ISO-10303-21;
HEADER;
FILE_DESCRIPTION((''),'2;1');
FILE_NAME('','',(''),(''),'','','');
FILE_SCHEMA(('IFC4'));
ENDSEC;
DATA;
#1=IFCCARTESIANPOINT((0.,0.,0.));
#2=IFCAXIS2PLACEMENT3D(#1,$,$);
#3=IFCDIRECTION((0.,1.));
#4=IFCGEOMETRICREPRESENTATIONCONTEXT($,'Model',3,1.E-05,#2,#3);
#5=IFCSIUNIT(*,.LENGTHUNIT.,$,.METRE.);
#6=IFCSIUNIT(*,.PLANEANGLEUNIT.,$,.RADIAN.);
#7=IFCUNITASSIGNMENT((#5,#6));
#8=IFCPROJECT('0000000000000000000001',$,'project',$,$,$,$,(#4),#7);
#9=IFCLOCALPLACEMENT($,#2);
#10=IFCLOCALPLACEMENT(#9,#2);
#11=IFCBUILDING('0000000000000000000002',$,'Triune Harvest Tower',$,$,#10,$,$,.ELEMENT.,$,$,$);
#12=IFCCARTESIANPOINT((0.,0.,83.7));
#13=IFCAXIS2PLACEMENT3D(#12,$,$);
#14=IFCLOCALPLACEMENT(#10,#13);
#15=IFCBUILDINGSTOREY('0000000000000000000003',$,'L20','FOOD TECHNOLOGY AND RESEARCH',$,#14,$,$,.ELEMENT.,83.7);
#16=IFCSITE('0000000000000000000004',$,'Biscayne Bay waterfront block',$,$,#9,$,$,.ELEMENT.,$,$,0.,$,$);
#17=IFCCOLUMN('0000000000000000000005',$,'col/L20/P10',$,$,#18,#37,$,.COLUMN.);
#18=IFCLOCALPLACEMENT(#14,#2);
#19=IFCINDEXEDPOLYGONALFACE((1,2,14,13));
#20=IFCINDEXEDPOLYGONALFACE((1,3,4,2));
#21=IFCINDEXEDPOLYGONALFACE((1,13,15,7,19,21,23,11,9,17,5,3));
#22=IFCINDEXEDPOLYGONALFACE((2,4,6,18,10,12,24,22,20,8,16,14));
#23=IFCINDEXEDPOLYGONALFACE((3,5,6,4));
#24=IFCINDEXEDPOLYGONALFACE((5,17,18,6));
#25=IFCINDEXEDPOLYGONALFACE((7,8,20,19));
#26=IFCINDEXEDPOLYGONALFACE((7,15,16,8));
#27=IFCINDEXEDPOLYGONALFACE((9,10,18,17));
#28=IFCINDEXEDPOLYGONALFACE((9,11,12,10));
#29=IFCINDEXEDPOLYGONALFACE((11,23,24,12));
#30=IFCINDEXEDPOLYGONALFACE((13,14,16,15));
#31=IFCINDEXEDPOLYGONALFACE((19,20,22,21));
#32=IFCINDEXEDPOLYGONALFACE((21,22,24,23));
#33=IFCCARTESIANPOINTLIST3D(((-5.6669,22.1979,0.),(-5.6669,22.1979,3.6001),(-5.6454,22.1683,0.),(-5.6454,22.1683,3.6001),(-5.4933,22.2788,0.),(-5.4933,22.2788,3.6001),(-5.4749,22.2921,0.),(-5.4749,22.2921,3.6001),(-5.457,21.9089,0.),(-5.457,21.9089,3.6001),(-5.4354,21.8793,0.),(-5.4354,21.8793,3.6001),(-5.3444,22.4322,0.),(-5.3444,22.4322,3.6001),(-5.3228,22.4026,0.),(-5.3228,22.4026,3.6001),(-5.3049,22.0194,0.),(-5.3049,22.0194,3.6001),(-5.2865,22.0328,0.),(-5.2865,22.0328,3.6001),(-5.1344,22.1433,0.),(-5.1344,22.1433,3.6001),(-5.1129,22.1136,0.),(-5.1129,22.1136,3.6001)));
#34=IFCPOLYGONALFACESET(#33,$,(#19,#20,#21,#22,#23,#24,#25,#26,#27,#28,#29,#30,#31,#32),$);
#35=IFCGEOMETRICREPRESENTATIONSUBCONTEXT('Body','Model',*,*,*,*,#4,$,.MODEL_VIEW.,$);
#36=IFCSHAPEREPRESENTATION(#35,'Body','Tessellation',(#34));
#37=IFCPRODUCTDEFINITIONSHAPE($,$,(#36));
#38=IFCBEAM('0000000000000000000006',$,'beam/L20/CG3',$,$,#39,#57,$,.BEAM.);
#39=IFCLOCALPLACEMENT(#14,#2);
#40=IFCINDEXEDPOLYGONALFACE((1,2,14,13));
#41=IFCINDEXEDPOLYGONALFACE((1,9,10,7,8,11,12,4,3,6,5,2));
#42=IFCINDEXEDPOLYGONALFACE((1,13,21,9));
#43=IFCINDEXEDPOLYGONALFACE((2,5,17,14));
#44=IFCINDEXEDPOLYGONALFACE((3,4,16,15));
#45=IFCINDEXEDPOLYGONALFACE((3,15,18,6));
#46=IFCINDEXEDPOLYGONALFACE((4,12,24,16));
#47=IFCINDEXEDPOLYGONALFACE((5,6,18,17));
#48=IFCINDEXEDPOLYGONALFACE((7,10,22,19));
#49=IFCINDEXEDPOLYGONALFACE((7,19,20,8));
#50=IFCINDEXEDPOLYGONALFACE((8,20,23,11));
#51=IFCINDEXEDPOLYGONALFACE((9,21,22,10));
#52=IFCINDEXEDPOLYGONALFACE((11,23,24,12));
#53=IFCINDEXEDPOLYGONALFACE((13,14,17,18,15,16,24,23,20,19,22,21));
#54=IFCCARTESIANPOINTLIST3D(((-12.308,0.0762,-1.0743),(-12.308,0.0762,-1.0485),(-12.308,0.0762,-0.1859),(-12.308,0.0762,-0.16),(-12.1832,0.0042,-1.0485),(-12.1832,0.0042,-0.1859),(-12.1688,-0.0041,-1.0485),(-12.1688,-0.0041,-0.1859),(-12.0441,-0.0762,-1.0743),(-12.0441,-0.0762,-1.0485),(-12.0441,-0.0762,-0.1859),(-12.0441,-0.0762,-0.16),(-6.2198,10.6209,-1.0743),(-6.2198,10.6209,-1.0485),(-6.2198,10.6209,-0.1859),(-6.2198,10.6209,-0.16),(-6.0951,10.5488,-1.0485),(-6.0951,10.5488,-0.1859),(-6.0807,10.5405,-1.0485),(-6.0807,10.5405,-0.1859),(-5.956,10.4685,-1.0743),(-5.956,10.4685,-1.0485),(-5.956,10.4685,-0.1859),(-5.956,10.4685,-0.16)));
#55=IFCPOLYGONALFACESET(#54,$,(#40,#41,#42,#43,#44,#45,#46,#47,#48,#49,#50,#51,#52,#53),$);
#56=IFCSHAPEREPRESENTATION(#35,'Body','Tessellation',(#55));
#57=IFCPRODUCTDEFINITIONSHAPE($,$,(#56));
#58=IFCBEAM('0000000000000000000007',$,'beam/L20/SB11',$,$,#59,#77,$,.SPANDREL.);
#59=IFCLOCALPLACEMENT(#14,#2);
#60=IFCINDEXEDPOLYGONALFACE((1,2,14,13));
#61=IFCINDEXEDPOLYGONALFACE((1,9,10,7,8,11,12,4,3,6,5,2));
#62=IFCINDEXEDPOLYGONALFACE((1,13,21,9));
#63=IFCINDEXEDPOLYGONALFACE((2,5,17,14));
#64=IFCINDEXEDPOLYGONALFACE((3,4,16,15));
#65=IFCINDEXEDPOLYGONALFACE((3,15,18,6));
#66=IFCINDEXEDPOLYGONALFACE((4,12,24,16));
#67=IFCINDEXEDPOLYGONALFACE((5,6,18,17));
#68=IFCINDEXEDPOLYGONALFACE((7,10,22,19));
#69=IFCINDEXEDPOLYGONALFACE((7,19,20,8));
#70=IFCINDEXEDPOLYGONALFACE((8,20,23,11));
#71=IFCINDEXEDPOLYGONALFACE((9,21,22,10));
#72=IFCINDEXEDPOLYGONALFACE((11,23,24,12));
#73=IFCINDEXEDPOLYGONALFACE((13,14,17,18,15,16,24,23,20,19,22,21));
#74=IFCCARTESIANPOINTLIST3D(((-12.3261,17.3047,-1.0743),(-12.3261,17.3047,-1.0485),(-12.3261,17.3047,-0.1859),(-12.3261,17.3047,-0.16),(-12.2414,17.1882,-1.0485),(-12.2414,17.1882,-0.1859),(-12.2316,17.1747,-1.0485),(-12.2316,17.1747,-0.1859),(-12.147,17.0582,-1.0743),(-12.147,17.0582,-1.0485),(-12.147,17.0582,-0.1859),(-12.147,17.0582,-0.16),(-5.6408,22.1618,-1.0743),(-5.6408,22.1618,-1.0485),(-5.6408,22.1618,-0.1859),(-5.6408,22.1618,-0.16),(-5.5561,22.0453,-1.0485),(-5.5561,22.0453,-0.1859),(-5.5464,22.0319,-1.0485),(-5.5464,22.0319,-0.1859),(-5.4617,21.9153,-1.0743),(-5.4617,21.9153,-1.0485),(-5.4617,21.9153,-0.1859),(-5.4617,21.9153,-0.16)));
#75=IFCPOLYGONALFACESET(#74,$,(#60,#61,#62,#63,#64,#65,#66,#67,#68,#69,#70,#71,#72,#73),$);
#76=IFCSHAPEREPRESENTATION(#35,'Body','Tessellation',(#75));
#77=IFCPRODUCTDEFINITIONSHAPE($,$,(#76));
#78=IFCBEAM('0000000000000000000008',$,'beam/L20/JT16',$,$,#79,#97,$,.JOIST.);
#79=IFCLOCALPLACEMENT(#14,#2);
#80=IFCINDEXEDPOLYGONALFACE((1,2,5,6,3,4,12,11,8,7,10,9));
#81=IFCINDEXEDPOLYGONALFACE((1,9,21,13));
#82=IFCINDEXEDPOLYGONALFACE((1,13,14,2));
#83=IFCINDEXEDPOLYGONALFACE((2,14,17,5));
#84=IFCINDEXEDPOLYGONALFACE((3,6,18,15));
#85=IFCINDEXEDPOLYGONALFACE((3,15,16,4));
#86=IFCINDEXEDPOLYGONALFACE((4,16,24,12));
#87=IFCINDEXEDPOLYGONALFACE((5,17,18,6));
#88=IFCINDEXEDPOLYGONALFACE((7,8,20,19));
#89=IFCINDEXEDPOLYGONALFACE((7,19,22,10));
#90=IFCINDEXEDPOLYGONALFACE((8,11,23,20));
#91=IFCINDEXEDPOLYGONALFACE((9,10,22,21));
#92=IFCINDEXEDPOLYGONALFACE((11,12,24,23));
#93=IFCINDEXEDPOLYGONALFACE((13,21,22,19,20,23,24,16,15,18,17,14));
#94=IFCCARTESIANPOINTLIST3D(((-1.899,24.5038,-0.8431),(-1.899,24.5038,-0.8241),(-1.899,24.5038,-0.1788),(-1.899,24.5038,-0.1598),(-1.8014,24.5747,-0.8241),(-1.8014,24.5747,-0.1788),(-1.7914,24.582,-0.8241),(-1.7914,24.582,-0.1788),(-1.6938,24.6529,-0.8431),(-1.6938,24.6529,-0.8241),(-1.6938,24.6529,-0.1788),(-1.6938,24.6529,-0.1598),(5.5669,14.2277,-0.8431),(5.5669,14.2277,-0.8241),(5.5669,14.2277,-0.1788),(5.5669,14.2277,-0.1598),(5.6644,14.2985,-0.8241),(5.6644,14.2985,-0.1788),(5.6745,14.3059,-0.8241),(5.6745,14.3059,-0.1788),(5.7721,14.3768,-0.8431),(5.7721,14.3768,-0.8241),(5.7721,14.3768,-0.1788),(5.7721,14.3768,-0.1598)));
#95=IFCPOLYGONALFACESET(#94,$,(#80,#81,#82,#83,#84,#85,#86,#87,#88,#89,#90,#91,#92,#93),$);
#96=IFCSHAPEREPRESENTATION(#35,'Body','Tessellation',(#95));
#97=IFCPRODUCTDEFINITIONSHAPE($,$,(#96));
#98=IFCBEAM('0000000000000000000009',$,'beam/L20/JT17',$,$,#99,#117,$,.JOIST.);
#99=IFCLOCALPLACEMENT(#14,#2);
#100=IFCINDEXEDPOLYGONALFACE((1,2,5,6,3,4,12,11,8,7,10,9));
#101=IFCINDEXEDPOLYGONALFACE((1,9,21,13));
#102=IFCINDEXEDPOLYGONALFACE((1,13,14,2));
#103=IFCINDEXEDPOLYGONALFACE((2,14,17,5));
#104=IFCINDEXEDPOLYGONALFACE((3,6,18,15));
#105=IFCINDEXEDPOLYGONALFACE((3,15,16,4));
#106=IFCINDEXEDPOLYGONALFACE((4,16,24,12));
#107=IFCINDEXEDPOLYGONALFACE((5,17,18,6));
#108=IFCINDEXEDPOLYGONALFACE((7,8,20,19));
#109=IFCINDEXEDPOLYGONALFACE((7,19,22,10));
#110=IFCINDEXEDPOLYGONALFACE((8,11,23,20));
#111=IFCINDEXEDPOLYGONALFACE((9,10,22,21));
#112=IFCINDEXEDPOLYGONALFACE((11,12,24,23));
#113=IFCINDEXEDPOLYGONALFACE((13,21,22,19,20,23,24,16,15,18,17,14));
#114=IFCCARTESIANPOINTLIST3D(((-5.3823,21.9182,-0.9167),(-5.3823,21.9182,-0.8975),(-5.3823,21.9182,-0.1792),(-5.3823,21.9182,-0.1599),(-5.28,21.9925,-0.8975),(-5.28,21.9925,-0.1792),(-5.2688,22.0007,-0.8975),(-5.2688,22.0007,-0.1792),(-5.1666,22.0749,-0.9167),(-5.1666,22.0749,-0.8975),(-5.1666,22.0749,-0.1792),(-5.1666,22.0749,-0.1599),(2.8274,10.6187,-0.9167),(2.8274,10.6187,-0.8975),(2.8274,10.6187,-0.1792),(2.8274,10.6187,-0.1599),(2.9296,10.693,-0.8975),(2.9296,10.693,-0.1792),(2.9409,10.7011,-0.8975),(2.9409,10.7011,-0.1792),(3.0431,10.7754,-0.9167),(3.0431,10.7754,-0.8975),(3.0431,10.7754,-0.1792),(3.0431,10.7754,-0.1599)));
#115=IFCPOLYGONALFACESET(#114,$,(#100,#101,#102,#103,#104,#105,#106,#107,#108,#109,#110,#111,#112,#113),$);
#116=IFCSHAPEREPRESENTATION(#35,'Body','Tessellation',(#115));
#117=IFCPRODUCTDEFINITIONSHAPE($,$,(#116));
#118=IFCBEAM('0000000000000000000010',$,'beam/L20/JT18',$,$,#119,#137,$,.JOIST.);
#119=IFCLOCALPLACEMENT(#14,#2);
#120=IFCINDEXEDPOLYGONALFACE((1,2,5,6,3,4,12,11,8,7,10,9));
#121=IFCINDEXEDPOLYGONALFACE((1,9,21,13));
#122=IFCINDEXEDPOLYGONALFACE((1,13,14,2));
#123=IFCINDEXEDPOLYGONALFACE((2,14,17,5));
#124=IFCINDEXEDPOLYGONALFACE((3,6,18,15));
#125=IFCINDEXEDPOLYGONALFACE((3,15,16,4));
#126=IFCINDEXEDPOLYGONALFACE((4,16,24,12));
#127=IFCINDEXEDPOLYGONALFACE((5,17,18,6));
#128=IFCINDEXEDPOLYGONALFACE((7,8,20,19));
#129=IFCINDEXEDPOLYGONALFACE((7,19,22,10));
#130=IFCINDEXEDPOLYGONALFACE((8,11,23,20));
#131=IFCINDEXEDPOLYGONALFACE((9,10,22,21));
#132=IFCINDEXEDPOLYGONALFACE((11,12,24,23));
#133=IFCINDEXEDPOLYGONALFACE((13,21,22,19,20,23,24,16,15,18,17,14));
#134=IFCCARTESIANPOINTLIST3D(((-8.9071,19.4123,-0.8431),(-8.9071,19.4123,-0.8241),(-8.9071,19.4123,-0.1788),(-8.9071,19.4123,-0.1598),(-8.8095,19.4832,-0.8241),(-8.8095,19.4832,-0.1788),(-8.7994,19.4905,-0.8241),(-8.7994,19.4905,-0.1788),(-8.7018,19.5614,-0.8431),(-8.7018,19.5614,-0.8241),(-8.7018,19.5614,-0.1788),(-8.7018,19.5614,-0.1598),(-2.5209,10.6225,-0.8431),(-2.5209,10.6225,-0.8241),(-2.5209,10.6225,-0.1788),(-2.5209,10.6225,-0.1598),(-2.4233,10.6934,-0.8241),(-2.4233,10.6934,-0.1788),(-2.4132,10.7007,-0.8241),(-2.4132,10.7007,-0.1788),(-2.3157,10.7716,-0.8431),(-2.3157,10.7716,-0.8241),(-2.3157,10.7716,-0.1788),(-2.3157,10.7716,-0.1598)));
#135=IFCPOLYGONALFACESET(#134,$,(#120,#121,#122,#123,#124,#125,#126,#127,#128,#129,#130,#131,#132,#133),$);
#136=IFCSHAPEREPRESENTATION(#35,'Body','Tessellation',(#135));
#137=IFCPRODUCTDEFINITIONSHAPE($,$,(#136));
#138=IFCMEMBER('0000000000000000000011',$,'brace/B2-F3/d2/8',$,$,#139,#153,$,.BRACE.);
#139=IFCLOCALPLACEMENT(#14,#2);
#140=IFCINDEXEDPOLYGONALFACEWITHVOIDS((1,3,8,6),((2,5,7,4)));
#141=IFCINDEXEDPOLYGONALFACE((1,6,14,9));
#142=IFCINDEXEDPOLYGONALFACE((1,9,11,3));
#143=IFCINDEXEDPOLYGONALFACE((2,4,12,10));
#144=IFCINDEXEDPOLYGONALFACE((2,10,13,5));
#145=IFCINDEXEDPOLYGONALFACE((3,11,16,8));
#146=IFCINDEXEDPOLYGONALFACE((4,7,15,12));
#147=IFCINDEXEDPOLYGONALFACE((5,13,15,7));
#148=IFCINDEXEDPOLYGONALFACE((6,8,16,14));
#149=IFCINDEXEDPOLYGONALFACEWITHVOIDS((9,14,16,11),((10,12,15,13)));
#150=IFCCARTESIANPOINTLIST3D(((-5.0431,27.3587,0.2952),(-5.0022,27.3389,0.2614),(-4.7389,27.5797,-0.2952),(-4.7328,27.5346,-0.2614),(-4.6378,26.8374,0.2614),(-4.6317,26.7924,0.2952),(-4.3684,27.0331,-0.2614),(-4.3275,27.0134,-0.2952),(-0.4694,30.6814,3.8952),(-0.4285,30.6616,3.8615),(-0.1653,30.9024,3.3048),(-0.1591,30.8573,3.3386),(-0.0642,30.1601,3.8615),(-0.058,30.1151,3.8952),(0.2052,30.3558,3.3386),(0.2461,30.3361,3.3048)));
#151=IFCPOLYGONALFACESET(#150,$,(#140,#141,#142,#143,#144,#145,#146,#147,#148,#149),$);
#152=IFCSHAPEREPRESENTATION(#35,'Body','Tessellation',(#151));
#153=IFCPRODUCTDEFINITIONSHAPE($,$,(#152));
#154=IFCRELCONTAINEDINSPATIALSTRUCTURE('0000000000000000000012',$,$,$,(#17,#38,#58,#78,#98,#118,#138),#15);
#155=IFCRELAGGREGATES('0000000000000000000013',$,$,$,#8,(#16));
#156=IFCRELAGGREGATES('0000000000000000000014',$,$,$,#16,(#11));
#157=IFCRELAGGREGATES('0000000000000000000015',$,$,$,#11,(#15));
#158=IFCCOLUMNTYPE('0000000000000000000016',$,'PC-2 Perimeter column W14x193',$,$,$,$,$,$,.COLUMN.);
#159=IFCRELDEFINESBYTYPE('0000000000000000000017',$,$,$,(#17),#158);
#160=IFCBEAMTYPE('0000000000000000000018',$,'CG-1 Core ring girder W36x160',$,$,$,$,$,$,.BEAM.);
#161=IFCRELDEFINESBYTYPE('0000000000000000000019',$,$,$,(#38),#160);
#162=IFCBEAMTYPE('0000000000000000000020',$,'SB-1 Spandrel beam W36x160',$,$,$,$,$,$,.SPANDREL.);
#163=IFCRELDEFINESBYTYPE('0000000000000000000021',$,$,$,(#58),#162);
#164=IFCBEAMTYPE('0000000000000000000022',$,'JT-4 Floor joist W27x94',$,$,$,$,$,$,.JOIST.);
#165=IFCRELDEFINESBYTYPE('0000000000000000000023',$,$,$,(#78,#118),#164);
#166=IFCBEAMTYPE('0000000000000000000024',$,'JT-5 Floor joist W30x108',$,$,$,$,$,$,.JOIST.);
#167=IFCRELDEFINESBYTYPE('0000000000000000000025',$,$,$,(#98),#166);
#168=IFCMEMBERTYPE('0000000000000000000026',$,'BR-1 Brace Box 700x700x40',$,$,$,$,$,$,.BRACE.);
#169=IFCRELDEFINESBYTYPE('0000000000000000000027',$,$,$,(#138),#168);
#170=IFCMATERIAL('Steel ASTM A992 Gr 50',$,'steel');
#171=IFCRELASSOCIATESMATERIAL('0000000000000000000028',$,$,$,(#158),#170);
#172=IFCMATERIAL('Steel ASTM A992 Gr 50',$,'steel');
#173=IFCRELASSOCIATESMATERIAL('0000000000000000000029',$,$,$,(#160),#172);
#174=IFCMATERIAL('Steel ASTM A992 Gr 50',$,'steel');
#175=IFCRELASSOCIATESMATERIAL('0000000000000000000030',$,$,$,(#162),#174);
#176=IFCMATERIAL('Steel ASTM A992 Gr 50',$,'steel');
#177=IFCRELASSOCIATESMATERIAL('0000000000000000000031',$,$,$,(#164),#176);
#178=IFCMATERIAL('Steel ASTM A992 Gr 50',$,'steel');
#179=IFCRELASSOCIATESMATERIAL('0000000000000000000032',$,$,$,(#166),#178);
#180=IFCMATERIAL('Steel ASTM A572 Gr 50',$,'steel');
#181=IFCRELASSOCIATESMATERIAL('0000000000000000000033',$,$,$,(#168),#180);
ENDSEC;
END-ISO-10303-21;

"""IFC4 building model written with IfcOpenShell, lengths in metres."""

from ifc_helpers import new_model, si_unit, direction, frame, origin, origin_2d, place, context, subcontext, project, spatial, hollow_rectangle, i_section, extrude, source, transform, mapped, material, material_profile, profile_set, type_object, element, save


model = new_model("IFC4")

# Units and contexts
model_context = context("Model", 3, precision=1e-05, world=origin(), true_north=direction((0.0, 1.0)))
body_context = subcontext(model_context, "Body", "Model", "MODEL_VIEW")
ifc_project = project(units=[si_unit("LENGTHUNIT", "METRE"), si_unit("PLANEANGLEUNIT", "RADIAN")], contexts=[model_context])

# Site, building, storey
site_placement = place(None, origin())
site = spatial("IfcSite", under=ifc_project, at=site_placement, Name="Biscayne Bay waterfront block", CompositionType="ELEMENT", RefElevation=0.0)
building_placement = place(site_placement, origin())
building = spatial("IfcBuilding", under=site, at=building_placement, Name="Triune Harvest Tower", CompositionType="ELEMENT")
storey_placement = place(building_placement, frame((0.0, 0.0, 83.7)))
storey = spatial("IfcBuildingStorey", under=building, at=storey_placement, Name="L20", Description="FOOD TECHNOLOGY AND RESEARCH", CompositionType="ELEMENT", Elevation=83.7)

# Column
ifc_material_1 = material(Name="Steel ASTM A992 Gr 50", Category="steel")
ifc_material_profile_1 = material_profile(ifc_material_1, i_section(OverallWidth=0.3987, OverallDepth=0.3938, WebThickness=0.0227, FlangeThickness=0.0366, at=origin_2d()), Name="W14x193")
ifc_profile_set_1 = profile_set([ifc_material_profile_1], Name="Steel ASTM A992 Gr 50")
column_type = type_object("IfcColumnType", Name="PC-2 Perimeter column W14x193", PredefinedType="COLUMN", material=ifc_profile_set_1)
shared_shape_1 = source(origin(), body_context, "Body", "SweptSolid", [
    extrude(i_section(OverallWidth=0.3987, OverallDepth=0.3938, WebThickness=0.0227, FlangeThickness=0.0366, at=origin_2d()), origin(), (0.0, 0.0, 1.0), 3.6001),
])
column_placement = place(storey_placement, frame((-5.3899, 22.1558, 0.0), z_axis=(0.0, 0.0, 1.0), x_axis=(-0.809017, -0.587785, 0.0)))
element("IfcColumn", 1, at=column_placement, inside=storey, type_object=column_type, Name="col/L20/P10", PredefinedType="COLUMN", context=body_context, shape_type="MappedRepresentation", body=[
    mapped(shared_shape_1, transform((0.0, 0.0, 0.0), scale=1.0)),
])

# Beams
ifc_material_2 = material(Name="Steel ASTM A992 Gr 50", Category="steel")
ifc_material_profile_2 = material_profile(ifc_material_2, i_section(OverallWidth=0.3047, OverallDepth=0.9143, WebThickness=0.0166, FlangeThickness=0.0259, at=origin_2d()), Name="W36x160")
ifc_profile_set_2 = profile_set([ifc_material_profile_2], Name="Steel ASTM A992 Gr 50")
beam_type_1 = type_object("IfcBeamType", Name="CG-1 Core ring girder W36x160", PredefinedType="BEAM", material=ifc_profile_set_2)
shared_shape_2 = source(origin(), body_context, "Body", "SweptSolid", [
    extrude(i_section(OverallWidth=0.3047, OverallDepth=0.9143, WebThickness=0.0166, FlangeThickness=0.0259, at=origin_2d()), origin(), (0.0, 0.0, 1.0), 12.176),
])
beam_1_placement = place(storey_placement, frame((-6.0879, 10.5447, -0.6172), z_axis=(-0.50001, -0.86602, 0.0), x_axis=(0.86602, -0.50001, 0.0)))
element("IfcBeam", 2, at=beam_1_placement, inside=storey, type_object=beam_type_1, Name="beam/L20/CG3", PredefinedType="BEAM", context=body_context, shape_type="MappedRepresentation", body=[
    mapped(shared_shape_2, transform((0.0, 0.0, 0.0), scale=1.0)),
])
ifc_material_3 = material(Name="Steel ASTM A992 Gr 50", Category="steel")
ifc_material_profile_3 = material_profile(ifc_material_3, i_section(OverallWidth=0.3047, OverallDepth=0.9143, WebThickness=0.0166, FlangeThickness=0.0259, at=origin_2d()), Name="W36x160")
ifc_profile_set_3 = profile_set([ifc_material_profile_3], Name="Steel ASTM A992 Gr 50")
beam_type_2 = type_object("IfcBeamType", Name="SB-1 Spandrel beam W36x160", PredefinedType="SPANDREL", material=ifc_profile_set_3)
shared_shape_3 = source(origin(), body_context, "Body", "SweptSolid", [
    extrude(i_section(OverallWidth=0.3047, OverallDepth=0.9143, WebThickness=0.0166, FlangeThickness=0.0259, at=origin_2d()), origin(), (0.0, 0.0, 1.0), 8.2634),
])
beam_2_placement = place(storey_placement, frame((-5.5513, 22.0386, -0.6172), z_axis=(-0.809016, -0.587787, 0.0), x_axis=(0.587787, -0.809016, 0.0)))
element("IfcBeam", 3, at=beam_2_placement, inside=storey, type_object=beam_type_2, Name="beam/L20/SB11", PredefinedType="SPANDREL", context=body_context, shape_type="MappedRepresentation", body=[
    mapped(shared_shape_3, transform((0.0, 0.0, 0.0), scale=1.0)),
])
ifc_material_4 = material(Name="Steel ASTM A992 Gr 50", Category="steel")
ifc_material_profile_4 = material_profile(ifc_material_4, i_section(OverallWidth=0.2537, OverallDepth=0.6833, WebThickness=0.0125, FlangeThickness=0.019, at=origin_2d()), Name="W27x94")
ifc_profile_set_4 = profile_set([ifc_material_profile_4], Name="Steel ASTM A992 Gr 50")
beam_type_3 = type_object("IfcBeamType", Name="JT-4 Floor joist W27x94", PredefinedType="JOIST", material=ifc_profile_set_4)
shared_shape_4 = source(origin(), body_context, "Body", "SweptSolid", [
    extrude(i_section(OverallWidth=0.2537, OverallDepth=0.6833, WebThickness=0.0125, FlangeThickness=0.019, at=origin_2d()), origin(), (0.0, 0.0, 1.0), 12.7019),
])
beam_3_placement = place(storey_placement, frame((-1.7964, 24.5784, -0.5015), z_axis=(0.587774, -0.809025, 0.0), x_axis=(0.809025, 0.587774, 0.0)))
element("IfcBeam", 4, at=beam_3_placement, inside=storey, type_object=beam_type_3, Name="beam/L20/JT16", PredefinedType="JOIST", context=body_context, shape_type="MappedRepresentation", body=[
    mapped(shared_shape_4, transform((0.0, 0.0, 0.0), scale=1.0)),
])
ifc_material_5 = material(Name="Steel ASTM A992 Gr 50", Category="steel")
ifc_material_profile_5 = material_profile(ifc_material_5, i_section(OverallWidth=0.2666, OverallDepth=0.7568, WebThickness=0.0139, FlangeThickness=0.0193, at=origin_2d()), Name="W30x108")
ifc_profile_set_5 = profile_set([ifc_material_profile_5], Name="Steel ASTM A992 Gr 50")
beam_type_4 = type_object("IfcBeamType", Name="JT-5 Floor joist W30x108", PredefinedType="JOIST", material=ifc_profile_set_5)
shared_shape_5 = source(origin(), body_context, "Body", "SweptSolid", [
    extrude(i_section(OverallWidth=0.2666, OverallDepth=0.7568, WebThickness=0.0139, FlangeThickness=0.0193, at=origin_2d()), origin(), (0.0, 0.0, 1.0), 13.967),
])
beam_4_placement = place(storey_placement, frame((-5.2744, 21.9966, -0.5383), z_axis=(0.58779, -0.809013, 0.0), x_axis=(0.809013, 0.58779, 0.0)))
element("IfcBeam", 5, at=beam_4_placement, inside=storey, type_object=beam_type_4, Name="beam/L20/JT17", PredefinedType="JOIST", context=body_context, shape_type="MappedRepresentation", body=[
    mapped(shared_shape_5, transform((0.0, 0.0, 0.0), scale=1.0)),
])
shared_shape_6 = source(origin(), body_context, "Body", "SweptSolid", [
    extrude(i_section(OverallWidth=0.2537, OverallDepth=0.6833, WebThickness=0.0125, FlangeThickness=0.019, at=origin_2d()), origin(), (0.0, 0.0, 1.0), 10.8647),
])
beam_5_placement = place(storey_placement, frame((-8.8044, 19.4868, -0.5015), z_axis=(0.58779, -0.809014, 0.0), x_axis=(0.809014, 0.58779, 0.0)))
element("IfcBeam", 6, at=beam_5_placement, inside=storey, type_object=beam_type_3, Name="beam/L20/JT18", PredefinedType="JOIST", context=body_context, shape_type="MappedRepresentation", body=[
    mapped(shared_shape_6, transform((0.0, 0.0, 0.0), scale=1.0)),
])

# Member
ifc_material_6 = material(Name="Steel ASTM A572 Gr 50", Category="steel")
ifc_material_profile_6 = material_profile(ifc_material_6, hollow_rectangle(XDim=0.7, YDim=0.7, WallThickness=0.04, at=origin_2d()), Name="Box 700x700x40")
ifc_profile_set_6 = profile_set([ifc_material_profile_6], Name="Steel ASTM A572 Gr 50")
member_type_1 = type_object("IfcMemberType", Name="BR-1 Brace Box 700x700x40", PredefinedType="BRACE", material=ifc_profile_set_6)
shared_shape_7 = source(origin(), body_context, "Body", "SweptSolid", [
    extrude(hollow_rectangle(XDim=0.7, YDim=0.7, WallThickness=0.04, at=origin_2d()), origin(), (0.0, 0.0, 1.0), 6.7021),
])
member_1_placement = place(storey_placement, frame((-4.6853, 27.186, 0.0), z_axis=(0.682415, 0.495766, 0.537146), x_axis=(-0.587756, 0.809039, 0.0)))
element("IfcMember", 7, at=member_1_placement, inside=storey, type_object=member_type_1, Name="brace/B2-F3/d2/8", PredefinedType="BRACE", context=body_context, shape_type="MappedRepresentation", body=[
    mapped(shared_shape_7, transform((0.0, 0.0, 0.0), scale=1.0)),
])

save(model, "model.ifc")
